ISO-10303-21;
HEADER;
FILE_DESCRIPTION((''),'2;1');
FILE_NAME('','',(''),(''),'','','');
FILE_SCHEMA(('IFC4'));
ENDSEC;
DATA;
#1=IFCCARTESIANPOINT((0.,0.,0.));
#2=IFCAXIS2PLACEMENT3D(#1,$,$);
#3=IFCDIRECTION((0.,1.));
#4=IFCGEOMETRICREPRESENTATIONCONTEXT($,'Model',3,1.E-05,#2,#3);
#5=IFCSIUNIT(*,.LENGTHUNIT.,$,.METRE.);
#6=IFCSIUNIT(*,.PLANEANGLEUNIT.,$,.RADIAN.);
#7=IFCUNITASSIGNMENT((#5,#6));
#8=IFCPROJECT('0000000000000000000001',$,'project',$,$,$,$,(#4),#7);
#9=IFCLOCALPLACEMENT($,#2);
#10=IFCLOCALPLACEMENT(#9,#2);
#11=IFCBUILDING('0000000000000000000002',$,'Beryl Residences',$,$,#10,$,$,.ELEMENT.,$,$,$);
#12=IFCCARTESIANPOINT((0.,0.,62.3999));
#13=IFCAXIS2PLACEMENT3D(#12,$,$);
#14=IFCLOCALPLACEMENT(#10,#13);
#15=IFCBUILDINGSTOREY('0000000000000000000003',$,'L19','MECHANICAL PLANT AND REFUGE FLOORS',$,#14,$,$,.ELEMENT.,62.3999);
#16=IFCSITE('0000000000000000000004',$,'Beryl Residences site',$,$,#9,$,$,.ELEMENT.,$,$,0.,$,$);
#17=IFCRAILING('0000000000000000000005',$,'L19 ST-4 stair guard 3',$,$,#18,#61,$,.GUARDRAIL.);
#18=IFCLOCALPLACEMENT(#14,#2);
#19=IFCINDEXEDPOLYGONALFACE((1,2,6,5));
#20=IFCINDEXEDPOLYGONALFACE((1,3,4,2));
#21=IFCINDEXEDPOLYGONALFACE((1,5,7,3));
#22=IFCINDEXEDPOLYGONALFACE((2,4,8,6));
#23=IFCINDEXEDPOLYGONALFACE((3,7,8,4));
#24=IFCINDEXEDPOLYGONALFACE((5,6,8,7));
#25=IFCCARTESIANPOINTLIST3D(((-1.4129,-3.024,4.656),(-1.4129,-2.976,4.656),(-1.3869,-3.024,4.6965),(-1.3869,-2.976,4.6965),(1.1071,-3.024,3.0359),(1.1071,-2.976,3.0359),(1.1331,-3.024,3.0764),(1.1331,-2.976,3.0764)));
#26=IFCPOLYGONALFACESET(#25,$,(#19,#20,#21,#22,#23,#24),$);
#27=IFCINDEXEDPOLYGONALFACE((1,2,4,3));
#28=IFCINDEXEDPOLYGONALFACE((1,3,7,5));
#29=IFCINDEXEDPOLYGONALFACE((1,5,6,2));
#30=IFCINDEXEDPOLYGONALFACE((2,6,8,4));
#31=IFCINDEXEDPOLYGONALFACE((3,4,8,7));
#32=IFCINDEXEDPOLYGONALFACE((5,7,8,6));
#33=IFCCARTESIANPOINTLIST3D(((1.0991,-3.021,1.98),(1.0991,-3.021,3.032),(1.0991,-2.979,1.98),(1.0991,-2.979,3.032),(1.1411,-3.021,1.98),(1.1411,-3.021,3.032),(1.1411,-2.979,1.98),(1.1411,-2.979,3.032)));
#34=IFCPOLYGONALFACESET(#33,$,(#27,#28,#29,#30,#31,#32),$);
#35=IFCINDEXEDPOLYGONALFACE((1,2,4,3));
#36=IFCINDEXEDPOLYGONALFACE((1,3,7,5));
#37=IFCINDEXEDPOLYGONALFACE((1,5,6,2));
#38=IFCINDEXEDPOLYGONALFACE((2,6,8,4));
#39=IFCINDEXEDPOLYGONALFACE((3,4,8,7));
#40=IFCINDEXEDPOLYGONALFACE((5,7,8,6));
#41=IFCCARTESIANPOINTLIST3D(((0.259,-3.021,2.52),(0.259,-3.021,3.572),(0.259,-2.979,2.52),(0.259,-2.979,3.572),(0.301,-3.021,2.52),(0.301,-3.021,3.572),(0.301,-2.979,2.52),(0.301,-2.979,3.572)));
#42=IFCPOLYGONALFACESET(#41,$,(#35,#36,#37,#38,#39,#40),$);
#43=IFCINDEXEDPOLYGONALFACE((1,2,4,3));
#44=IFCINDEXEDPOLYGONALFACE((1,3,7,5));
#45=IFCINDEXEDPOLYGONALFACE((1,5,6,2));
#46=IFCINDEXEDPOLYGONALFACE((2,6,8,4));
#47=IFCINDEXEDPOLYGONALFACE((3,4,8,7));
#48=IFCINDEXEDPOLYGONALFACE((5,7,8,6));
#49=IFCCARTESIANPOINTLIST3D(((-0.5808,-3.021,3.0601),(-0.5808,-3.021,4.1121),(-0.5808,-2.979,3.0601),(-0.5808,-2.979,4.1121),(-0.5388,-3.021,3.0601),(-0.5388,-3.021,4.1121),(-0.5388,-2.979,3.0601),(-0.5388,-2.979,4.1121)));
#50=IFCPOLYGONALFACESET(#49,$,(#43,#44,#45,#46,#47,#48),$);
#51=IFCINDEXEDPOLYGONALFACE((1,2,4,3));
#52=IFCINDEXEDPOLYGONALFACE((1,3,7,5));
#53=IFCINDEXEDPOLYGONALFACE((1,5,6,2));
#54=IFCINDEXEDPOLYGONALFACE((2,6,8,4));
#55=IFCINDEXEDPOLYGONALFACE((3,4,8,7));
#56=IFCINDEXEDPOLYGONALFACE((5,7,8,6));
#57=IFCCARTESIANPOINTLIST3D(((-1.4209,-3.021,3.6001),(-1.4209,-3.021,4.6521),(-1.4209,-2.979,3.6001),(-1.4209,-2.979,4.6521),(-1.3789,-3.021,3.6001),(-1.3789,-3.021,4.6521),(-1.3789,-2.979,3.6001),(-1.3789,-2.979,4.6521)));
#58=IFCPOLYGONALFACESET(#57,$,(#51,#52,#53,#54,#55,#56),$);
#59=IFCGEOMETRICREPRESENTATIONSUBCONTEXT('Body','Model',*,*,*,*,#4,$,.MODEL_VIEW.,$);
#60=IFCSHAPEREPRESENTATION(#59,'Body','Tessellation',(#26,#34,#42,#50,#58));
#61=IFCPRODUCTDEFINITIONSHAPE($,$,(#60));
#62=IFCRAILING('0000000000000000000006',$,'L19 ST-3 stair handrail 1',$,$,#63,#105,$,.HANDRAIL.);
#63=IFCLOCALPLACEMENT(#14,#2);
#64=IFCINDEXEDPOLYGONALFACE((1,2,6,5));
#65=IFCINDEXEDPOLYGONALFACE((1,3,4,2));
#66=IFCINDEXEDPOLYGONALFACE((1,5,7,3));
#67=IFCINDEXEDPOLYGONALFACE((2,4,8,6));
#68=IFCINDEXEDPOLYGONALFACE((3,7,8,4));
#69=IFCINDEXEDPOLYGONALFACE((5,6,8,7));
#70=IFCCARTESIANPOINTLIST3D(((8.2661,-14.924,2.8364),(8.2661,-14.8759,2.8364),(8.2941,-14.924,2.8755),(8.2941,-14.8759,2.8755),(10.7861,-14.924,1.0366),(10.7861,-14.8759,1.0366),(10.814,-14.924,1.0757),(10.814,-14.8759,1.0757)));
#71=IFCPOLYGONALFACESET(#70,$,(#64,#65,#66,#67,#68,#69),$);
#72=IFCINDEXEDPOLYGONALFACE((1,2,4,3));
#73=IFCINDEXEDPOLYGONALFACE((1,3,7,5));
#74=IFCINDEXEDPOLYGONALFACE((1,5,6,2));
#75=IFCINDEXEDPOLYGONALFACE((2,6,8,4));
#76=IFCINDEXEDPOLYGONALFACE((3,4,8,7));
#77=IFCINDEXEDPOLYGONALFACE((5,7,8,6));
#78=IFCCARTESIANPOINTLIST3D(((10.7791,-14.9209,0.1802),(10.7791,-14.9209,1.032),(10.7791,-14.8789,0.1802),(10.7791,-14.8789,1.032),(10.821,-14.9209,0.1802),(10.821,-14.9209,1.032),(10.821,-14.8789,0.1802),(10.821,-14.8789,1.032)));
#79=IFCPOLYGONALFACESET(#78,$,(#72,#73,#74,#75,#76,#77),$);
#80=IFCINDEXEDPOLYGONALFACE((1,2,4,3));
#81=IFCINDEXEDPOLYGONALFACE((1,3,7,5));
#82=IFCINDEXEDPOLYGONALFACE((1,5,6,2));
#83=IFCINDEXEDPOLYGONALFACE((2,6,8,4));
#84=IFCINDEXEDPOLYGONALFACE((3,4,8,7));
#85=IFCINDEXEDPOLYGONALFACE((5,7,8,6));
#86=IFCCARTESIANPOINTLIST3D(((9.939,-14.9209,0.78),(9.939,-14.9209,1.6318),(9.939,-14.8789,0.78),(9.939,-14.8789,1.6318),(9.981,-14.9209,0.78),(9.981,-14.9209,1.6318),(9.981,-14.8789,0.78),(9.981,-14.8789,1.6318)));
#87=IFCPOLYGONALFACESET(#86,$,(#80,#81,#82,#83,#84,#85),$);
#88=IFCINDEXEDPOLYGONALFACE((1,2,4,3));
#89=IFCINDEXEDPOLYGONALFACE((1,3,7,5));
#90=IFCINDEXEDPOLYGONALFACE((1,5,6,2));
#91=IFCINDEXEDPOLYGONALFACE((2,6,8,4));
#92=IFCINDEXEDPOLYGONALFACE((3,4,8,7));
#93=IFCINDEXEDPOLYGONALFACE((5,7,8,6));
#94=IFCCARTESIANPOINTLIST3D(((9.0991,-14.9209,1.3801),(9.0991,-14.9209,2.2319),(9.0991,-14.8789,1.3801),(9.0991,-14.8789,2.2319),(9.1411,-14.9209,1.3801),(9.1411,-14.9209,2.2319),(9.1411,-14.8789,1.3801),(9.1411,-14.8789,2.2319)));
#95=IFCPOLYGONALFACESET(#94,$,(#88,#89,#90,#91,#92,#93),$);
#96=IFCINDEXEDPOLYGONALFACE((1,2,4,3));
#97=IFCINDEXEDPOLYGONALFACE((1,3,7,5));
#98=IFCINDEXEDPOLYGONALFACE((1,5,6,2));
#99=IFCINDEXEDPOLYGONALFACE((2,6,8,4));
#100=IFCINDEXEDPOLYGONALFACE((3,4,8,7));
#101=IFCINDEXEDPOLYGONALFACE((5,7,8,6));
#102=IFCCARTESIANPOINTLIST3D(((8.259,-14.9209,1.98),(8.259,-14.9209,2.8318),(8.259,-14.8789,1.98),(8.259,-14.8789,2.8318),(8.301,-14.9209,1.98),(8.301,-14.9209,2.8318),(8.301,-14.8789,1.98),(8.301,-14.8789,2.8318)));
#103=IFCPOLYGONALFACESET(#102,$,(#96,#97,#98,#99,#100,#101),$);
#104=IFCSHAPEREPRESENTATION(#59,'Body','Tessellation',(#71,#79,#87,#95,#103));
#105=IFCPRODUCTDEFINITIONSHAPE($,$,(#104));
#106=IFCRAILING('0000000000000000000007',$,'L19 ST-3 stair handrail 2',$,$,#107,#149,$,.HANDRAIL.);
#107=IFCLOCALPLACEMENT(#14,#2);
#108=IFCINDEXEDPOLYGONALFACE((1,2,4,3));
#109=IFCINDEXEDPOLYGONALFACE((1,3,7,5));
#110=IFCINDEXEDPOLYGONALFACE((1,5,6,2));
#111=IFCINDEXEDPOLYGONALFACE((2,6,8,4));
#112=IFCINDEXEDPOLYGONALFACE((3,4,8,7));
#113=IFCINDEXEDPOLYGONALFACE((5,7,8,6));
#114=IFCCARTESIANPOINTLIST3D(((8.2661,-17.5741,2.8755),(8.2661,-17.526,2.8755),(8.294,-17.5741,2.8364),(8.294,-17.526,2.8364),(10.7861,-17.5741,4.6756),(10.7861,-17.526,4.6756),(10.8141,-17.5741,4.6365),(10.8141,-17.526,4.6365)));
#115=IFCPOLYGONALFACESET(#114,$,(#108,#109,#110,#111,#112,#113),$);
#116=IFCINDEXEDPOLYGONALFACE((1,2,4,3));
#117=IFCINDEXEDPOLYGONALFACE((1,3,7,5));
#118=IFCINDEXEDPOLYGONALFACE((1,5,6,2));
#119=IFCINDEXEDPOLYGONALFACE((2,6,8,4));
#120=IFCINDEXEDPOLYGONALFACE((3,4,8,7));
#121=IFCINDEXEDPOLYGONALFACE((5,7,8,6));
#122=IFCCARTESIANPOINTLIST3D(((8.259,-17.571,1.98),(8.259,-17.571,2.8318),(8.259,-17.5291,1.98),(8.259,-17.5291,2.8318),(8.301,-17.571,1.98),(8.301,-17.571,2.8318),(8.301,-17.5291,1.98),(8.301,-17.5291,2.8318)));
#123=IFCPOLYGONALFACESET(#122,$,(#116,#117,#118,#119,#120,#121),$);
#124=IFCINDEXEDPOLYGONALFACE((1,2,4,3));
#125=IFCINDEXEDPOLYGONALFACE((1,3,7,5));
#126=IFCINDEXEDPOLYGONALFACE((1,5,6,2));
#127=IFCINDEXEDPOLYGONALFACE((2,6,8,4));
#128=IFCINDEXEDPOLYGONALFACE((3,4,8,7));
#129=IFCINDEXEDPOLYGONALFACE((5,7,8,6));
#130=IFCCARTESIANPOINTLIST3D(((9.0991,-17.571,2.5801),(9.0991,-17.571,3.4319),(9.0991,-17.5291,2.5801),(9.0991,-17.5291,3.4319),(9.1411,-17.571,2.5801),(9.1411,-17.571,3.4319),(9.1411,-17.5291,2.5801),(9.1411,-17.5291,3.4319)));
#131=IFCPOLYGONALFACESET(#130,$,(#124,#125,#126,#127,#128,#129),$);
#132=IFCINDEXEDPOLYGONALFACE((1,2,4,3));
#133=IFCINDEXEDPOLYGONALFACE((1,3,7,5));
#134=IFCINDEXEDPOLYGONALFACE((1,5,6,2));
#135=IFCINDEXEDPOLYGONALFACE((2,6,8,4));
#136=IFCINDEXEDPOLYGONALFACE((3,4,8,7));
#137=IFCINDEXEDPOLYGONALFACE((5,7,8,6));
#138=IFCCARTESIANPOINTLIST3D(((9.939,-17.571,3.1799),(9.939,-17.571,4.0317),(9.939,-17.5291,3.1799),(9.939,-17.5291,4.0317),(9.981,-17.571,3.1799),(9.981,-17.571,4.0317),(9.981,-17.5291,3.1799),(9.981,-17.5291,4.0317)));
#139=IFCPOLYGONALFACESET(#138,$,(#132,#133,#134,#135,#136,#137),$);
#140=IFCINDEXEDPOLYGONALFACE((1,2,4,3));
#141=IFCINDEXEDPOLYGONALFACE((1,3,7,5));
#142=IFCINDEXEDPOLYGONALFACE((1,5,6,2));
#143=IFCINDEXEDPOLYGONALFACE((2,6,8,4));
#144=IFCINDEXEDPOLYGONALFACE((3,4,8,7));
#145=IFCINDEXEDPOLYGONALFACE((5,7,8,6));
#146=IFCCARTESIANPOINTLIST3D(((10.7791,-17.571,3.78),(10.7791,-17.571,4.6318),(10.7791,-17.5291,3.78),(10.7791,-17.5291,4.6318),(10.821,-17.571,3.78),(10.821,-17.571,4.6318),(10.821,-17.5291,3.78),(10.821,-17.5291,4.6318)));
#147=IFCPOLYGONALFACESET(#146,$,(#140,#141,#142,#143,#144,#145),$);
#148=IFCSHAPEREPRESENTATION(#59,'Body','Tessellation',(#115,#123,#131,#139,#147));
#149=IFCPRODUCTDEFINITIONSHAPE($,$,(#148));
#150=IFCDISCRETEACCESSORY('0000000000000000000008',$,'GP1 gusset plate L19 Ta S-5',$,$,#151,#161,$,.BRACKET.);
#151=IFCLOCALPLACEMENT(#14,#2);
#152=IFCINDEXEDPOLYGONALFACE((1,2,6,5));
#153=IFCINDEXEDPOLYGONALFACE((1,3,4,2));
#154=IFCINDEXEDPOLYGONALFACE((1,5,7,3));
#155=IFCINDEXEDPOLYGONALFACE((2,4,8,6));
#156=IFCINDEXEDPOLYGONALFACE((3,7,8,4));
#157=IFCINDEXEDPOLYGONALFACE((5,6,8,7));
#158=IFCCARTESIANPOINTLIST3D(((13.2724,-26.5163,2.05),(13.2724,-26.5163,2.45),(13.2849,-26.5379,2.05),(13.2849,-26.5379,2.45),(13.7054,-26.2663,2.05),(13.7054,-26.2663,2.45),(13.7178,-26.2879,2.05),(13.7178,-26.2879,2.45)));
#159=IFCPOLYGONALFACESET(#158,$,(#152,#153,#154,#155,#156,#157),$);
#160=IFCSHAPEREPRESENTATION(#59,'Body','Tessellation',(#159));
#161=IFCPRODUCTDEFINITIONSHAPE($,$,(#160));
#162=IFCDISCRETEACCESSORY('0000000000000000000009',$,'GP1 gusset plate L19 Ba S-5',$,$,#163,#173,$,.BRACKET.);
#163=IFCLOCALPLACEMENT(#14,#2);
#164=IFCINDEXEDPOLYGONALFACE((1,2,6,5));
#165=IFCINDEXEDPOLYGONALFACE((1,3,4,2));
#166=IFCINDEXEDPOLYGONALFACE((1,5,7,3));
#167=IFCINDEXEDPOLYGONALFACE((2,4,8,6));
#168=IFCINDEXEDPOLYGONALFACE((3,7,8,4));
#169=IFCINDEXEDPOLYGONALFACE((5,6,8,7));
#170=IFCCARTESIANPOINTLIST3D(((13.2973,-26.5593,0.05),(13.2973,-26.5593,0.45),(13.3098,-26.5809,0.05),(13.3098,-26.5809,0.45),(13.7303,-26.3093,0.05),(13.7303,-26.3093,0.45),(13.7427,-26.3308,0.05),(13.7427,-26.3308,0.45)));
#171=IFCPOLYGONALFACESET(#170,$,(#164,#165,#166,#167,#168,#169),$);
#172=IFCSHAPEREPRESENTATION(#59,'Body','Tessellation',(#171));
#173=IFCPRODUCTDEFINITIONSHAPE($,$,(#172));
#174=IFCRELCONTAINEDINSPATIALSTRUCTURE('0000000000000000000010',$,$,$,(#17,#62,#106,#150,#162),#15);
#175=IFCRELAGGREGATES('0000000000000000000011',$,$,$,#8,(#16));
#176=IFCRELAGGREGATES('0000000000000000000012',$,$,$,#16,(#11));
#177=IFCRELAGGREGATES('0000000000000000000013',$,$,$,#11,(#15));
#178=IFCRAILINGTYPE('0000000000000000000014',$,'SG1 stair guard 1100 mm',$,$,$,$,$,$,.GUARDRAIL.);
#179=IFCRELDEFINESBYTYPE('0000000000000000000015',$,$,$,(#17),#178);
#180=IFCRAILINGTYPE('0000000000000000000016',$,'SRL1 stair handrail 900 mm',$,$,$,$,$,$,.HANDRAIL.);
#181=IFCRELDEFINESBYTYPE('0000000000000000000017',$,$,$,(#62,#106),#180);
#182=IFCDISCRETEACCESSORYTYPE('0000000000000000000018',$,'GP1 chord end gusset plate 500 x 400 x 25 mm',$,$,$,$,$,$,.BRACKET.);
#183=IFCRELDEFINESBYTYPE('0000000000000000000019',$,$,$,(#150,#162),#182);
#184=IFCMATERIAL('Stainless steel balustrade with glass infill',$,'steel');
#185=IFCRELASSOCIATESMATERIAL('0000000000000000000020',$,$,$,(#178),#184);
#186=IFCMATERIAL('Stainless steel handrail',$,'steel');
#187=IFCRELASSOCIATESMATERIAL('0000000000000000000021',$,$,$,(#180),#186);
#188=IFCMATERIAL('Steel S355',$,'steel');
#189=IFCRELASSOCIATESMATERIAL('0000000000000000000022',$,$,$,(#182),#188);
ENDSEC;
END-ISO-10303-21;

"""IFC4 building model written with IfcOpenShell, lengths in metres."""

from ifc_helpers import new_model, si_unit, direction, frame, origin, origin_2d, place, context, subcontext, project, spatial, rectangle, extrude, material, type_object, element, save


model = new_model("IFC4")

# Units and contexts
model_context = context("Model", 3, precision=1e-05, world=origin(), true_north=direction((0.0, 1.0)))
body_context = subcontext(model_context, "Body", "Model", "MODEL_VIEW")
ifc_project = project(units=[si_unit("LENGTHUNIT", "METRE"), si_unit("PLANEANGLEUNIT", "RADIAN")], contexts=[model_context])

# Site, building, storey
site_placement = place(None, origin())
site = spatial("IfcSite", under=ifc_project, at=site_placement, Name="Beryl Residences site", CompositionType="ELEMENT", RefElevation=0.0)
building_placement = place(site_placement, origin())
building = spatial("IfcBuilding", under=site, at=building_placement, Name="Beryl Residences", CompositionType="ELEMENT")
storey_placement = place(building_placement, frame((0.0, 0.0, 62.3999)))
storey = spatial("IfcBuildingStorey", under=building, at=storey_placement, Name="L19", Description="MECHANICAL PLANT AND REFUGE FLOORS", CompositionType="ELEMENT", Elevation=62.3999)

# Railings
ifc_material_1 = material(Name="Stainless steel balustrade with glass infill", Category="steel")
railing_type_1 = type_object("IfcRailingType", Name="SG1 stair guard 1100 mm", PredefinedType="GUARDRAIL", material=ifc_material_1)
railing_1_placement = place(storey_placement, frame((1.1201, -3.0, 1.98)))
element("IfcRailing", 1, at=railing_1_placement, inside=storey, type_object=railing_type_1, Name="L19 ST-4 stair guard 3", PredefinedType="GUARDRAIL", context=body_context, shape_type="SweptSolid", body=[
    extrude(rectangle(XDim=0.0481, YDim=0.0481, at=origin_2d()), frame((0.0, 0.0, 1.0762), z_axis=(-0.841163, 0.0, 0.540782), x_axis=(0.0, -1.0, 0.0)), (0.0, 0.0, 1.0), 2.9958),
    extrude(rectangle(XDim=0.042, YDim=0.042, at=origin_2d()), origin(), (0.0, 0.0, 1.0), 1.052),
    extrude(rectangle(XDim=0.042, YDim=0.042, at=origin_2d()), frame((-0.8401, 0.0, 0.54)), (0.0, 0.0, 1.0), 1.052),
    extrude(rectangle(XDim=0.042, YDim=0.042, at=origin_2d()), frame((-1.6799, 0.0, 1.0801)), (0.0, 0.0, 1.0), 1.052),
    extrude(rectangle(XDim=0.042, YDim=0.042, at=origin_2d()), frame((-2.52, 0.0, 1.6201)), (0.0, 0.0, 1.0), 1.052),
])
ifc_material_2 = material(Name="Stainless steel handrail", Category="steel")
railing_type_2 = type_object("IfcRailingType", Name="SRL1 stair handrail 900 mm", PredefinedType="HANDRAIL", material=ifc_material_2)
railing_2_placement = place(storey_placement, frame((10.8, -14.8999, 0.1802)))
element("IfcRailing", 2, at=railing_2_placement, inside=storey, type_object=railing_type_2, Name="L19 ST-3 stair handrail 1", PredefinedType="HANDRAIL", context=body_context, shape_type="SweptSolid", body=[
    extrude(rectangle(XDim=0.0481, YDim=0.0481, at=origin_2d()), frame((0.0, 0.0, 0.876), z_axis=(-0.813765, 0.0, 0.581193), x_axis=(0.0, -1.0, 0.0)), (0.0, 0.0, 1.0), 3.0967),
    extrude(rectangle(XDim=0.042, YDim=0.042, at=origin_2d()), origin(), (0.0, 0.0, 1.0), 0.8518),
    extrude(rectangle(XDim=0.042, YDim=0.042, at=origin_2d()), frame((-0.8401, 0.0, 0.5999)), (0.0, 0.0, 1.0), 0.8518),
    extrude(rectangle(XDim=0.042, YDim=0.042, at=origin_2d()), frame((-1.6799, 0.0, 1.2)), (0.0, 0.0, 1.0), 0.8518),
    extrude(rectangle(XDim=0.042, YDim=0.042, at=origin_2d()), frame((-2.52, 0.0, 1.7998)), (0.0, 0.0, 1.0), 0.8518),
])
railing_3_placement = place(storey_placement, frame((8.28, -17.55, 1.98)))
element("IfcRailing", 3, at=railing_3_placement, inside=storey, type_object=railing_type_2, Name="L19 ST-3 stair handrail 2", PredefinedType="HANDRAIL", context=body_context, shape_type="SweptSolid", body=[
    extrude(rectangle(XDim=0.0481, YDim=0.0481, at=origin_2d()), frame((0.0, 0.0, 0.876), z_axis=(0.813728, 0.0, 0.581246), x_axis=(0.0, 1.0, 0.0)), (0.0, 0.0, 1.0), 3.0969),
    extrude(rectangle(XDim=0.042, YDim=0.042, at=origin_2d()), origin(), (0.0, 0.0, 1.0), 0.8518),
    extrude(rectangle(XDim=0.042, YDim=0.042, at=origin_2d()), frame((0.8401, 0.0, 0.6001)), (0.0, 0.0, 1.0), 0.8518),
    extrude(rectangle(XDim=0.042, YDim=0.042, at=origin_2d()), frame((1.6799, 0.0, 1.2)), (0.0, 0.0, 1.0), 0.8518),
    extrude(rectangle(XDim=0.042, YDim=0.042, at=origin_2d()), frame((2.52, 0.0, 1.8)), (0.0, 0.0, 1.0), 0.8518),
])

# Discrete accessories
ifc_material_3 = material(Name="Steel S355", Category="steel")
discrete_accessory_type = type_object("IfcDiscreteAccessoryType", Name="GP1 chord end gusset plate 500 x 400 x 25 mm", PredefinedType="BRACKET", material=ifc_material_3)
for number, where, z_axis, x_axis, name in (
    (4, (13.4951, -26.4021, 2.05), (0.0, 0.0, 1.0), (0.865969, 0.500098, 0.0), "GP1 gusset plate L19 Ta S-5"),
    (5, (13.52, -26.4451, 0.05), (0.0, 0.0, 1.0), (0.865969, 0.500098, 0.0), "GP1 gusset plate L19 Ba S-5"),
):
    element("IfcDiscreteAccessory", number, at=place(storey_placement, frame(where, z_axis=z_axis, x_axis=x_axis)), inside=storey, type_object=discrete_accessory_type, Name=name, PredefinedType="BRACKET", context=body_context, shape_type="SweptSolid", body=[
        extrude(rectangle(XDim=0.5, YDim=0.0249, at=origin_2d()), origin(), (0.0, 0.0, 1.0), 0.3999),
    ])

save(model, "model.ifc")
